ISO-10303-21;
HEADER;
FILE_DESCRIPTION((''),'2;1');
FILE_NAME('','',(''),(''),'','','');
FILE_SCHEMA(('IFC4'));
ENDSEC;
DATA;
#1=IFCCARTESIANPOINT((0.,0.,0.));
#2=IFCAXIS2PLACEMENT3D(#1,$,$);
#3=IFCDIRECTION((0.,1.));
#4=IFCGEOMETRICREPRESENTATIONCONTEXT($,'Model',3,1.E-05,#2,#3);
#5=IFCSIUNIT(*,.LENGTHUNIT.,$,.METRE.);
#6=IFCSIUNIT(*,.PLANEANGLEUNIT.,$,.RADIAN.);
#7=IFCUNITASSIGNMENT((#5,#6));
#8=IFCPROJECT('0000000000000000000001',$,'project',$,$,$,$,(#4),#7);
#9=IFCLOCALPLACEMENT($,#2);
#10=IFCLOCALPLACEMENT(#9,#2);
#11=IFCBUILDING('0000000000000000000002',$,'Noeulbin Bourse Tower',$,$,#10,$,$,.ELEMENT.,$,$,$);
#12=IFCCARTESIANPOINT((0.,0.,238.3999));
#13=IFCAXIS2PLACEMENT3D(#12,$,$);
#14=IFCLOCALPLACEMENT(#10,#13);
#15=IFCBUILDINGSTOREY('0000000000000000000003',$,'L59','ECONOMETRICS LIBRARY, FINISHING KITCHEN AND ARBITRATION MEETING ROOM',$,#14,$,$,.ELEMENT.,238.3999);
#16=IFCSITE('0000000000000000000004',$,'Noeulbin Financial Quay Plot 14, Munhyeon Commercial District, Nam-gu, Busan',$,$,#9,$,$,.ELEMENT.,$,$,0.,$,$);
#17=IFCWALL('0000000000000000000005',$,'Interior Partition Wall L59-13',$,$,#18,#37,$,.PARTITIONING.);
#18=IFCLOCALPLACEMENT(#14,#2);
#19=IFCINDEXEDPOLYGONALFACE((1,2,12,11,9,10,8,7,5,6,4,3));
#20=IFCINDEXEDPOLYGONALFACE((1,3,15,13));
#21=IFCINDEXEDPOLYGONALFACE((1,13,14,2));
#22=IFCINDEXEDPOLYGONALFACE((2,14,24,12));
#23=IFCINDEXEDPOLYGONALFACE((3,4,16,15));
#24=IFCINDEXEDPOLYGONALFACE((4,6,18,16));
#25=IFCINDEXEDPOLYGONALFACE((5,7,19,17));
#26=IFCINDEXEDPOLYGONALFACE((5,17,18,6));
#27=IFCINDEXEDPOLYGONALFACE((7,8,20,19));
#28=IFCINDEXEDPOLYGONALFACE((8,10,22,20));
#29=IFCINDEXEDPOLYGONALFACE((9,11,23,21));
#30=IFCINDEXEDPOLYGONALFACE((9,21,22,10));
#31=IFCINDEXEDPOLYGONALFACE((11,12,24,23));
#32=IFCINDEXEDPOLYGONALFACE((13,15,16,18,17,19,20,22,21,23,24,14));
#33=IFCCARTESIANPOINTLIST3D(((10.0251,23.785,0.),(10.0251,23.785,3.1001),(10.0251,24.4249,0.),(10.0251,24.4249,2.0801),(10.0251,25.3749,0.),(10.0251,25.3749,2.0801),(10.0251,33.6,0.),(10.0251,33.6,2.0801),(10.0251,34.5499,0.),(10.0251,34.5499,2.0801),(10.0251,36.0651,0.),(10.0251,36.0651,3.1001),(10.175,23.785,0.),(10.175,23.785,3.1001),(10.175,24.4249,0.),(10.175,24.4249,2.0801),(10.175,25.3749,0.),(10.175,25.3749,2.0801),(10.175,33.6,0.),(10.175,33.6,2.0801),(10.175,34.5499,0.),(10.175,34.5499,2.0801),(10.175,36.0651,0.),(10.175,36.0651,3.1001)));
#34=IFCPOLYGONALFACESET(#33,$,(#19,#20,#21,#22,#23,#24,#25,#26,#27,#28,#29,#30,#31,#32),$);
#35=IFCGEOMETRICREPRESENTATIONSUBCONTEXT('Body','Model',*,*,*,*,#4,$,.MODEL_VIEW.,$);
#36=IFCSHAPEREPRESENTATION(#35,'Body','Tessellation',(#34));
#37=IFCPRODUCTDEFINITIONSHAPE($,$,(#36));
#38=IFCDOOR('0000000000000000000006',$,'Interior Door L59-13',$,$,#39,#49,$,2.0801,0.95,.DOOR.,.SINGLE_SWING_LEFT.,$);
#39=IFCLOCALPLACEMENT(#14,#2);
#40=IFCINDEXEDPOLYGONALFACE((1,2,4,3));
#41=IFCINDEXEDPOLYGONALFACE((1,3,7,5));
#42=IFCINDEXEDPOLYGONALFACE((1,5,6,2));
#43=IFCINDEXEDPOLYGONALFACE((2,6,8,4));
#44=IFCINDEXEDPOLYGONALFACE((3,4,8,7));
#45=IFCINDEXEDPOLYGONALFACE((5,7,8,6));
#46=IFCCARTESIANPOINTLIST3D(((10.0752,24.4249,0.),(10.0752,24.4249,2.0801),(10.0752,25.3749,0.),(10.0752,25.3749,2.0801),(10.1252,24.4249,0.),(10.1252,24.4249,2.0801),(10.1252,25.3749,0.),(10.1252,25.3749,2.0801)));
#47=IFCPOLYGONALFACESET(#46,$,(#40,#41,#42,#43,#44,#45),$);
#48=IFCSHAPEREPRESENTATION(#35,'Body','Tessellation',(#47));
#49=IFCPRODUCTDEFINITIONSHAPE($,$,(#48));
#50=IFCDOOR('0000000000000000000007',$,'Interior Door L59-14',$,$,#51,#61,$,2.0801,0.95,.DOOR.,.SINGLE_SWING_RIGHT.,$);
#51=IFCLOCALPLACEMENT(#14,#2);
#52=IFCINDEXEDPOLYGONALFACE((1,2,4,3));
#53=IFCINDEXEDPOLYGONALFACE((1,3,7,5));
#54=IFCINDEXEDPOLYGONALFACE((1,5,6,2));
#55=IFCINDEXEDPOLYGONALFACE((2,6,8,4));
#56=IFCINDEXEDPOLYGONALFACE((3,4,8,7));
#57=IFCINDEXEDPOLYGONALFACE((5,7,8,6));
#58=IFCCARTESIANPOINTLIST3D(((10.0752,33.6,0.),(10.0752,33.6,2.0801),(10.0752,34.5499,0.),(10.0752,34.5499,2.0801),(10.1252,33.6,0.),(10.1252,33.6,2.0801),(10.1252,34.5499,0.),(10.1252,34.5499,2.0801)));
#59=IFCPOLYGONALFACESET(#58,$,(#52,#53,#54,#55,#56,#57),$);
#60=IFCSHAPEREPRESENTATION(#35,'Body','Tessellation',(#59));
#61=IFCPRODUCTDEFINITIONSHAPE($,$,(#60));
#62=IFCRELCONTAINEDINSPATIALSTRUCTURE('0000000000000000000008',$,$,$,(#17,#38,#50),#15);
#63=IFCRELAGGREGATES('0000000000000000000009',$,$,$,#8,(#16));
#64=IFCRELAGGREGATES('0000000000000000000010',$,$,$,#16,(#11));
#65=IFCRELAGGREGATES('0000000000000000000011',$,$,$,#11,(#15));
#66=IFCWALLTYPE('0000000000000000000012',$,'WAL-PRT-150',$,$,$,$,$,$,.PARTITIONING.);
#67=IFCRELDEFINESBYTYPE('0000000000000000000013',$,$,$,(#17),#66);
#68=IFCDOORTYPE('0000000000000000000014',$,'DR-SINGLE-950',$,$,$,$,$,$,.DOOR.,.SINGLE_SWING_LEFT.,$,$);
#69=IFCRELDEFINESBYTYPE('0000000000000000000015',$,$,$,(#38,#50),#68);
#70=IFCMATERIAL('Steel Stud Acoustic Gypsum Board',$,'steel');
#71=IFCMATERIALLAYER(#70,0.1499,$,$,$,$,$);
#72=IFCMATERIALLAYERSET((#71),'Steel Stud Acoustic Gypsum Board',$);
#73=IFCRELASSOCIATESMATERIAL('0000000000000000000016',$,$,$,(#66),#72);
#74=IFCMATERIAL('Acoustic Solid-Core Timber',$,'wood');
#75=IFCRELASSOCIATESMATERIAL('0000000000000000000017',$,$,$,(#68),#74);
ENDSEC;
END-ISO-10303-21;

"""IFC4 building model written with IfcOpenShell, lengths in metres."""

from ifc_helpers import new_model, si_unit, direction, frame, frame_2d, origin, place, context, subcontext, project, spatial, rectangle, extrude, material, layer, layer_set, type_object, element, fill, save


model = new_model("IFC4")

# Units and contexts
model_context = context("Model", 3, precision=1e-05, world=origin(), true_north=direction((0.0, 1.0)))
body_context = subcontext(model_context, "Body", "Model", "MODEL_VIEW")
ifc_project = project(units=[si_unit("LENGTHUNIT", "METRE"), si_unit("PLANEANGLEUNIT", "RADIAN")], contexts=[model_context])

# Site, building, storey
site_placement = place(None, origin())
site = spatial("IfcSite", under=ifc_project, at=site_placement, Name="Noeulbin Financial Quay Plot 14, Munhyeon Commercial District, Nam-gu, Busan", CompositionType="ELEMENT", RefElevation=0.0)
building_placement = place(site_placement, origin())
building = spatial("IfcBuilding", under=site, at=building_placement, Name="Noeulbin Bourse Tower", CompositionType="ELEMENT")
storey_placement = place(building_placement, frame((0.0, 0.0, 238.3999)))
storey = spatial("IfcBuildingStorey", under=building, at=storey_placement, Name="L59", Description="ECONOMETRICS LIBRARY, FINISHING KITCHEN AND ARBITRATION MEETING ROOM", CompositionType="ELEMENT", Elevation=238.3999)

# Wall, openings, doors
ifc_material_1 = material(Name="Steel Stud Acoustic Gypsum Board", Category="steel")
ifc_layer_1 = layer(ifc_material_1, 0.1499)
ifc_layer_set_1 = layer_set([ifc_layer_1], Name="Steel Stud Acoustic Gypsum Board")
wall_type_1 = type_object("IfcWallType", Name="WAL-PRT-150", PredefinedType="PARTITIONING", material=ifc_layer_set_1)
wall_1_placement = place(storey_placement, frame((10.1001, 23.7849, 0.0), z_axis=(0.0, 0.0, 1.0), x_axis=(0.0, 1.0, 0.0)))
wall_1 = element("IfcWall", 1, at=wall_1_placement, inside=storey, type_object=wall_type_1, Name="Interior Partition Wall L59-13", PredefinedType="PARTITIONING", context=body_context, shape_type="SweptSolid", body=[
    extrude(rectangle(XDim=12.28, YDim=0.1499, at=frame_2d((6.1401, 0.0))), origin(), (0.0, 0.0, 1.0), 3.1001),
])
opening_1_placement = place(wall_1_placement, frame((0.6399, 0.0, 0.0)))
opening_1 = element("IfcOpeningElement", 2, at=opening_1_placement, cuts=wall_1, PredefinedType="OPENING", context=body_context, shape_type="SweptSolid", body=[
    extrude(rectangle(XDim=0.95, YDim=2.0801, at=frame_2d((0.4751, 1.04))), frame((0.0, 0.085, 0.0), z_axis=(0.0, -1.0, 0.0), x_axis=(1.0, 0.0, 0.0)), (0.0, 0.0, 1.0), 0.1699),
])
opening_2_placement = place(wall_1_placement, frame((9.8149, 0.0, 0.0)))
opening_2 = element("IfcOpeningElement", 3, at=opening_2_placement, cuts=wall_1, PredefinedType="OPENING", context=body_context, shape_type="SweptSolid", body=[
    extrude(rectangle(XDim=0.95, YDim=2.0801, at=frame_2d((0.4751, 1.04))), frame((0.0, 0.085, 0.0), z_axis=(0.0, -1.0, 0.0), x_axis=(1.0, 0.0, 0.0)), (0.0, 0.0, 1.0), 0.1699),
])
ifc_material_2 = material(Name="Acoustic Solid-Core Timber", Category="wood")
door_type_1 = type_object("IfcDoorType", Name="DR-SINGLE-950", OperationType="SINGLE_SWING_LEFT", PredefinedType="DOOR", material=ifc_material_2)
door_1_placement = place(opening_1_placement, origin())
door_1 = element("IfcDoor", 4, at=door_1_placement, inside=storey, type_object=door_type_1, Name="Interior Door L59-13", OperationType="SINGLE_SWING_LEFT", OverallHeight=2.0801, OverallWidth=0.95, PredefinedType="DOOR", context=body_context, shape_type="SweptSolid", body=[
    extrude(rectangle(XDim=0.95, YDim=2.0801, at=frame_2d((0.4751, 1.04))), frame((0.0, 0.0249, 0.0), z_axis=(0.0, -1.0, 0.0), x_axis=(1.0, 0.0, 0.0)), (0.0, 0.0, 1.0), 0.05),
])
fill(opening_1, door_1)
door_2_placement = place(opening_2_placement, origin())
door_2 = element("IfcDoor", 5, at=door_2_placement, inside=storey, type_object=door_type_1, Name="Interior Door L59-14", OperationType="SINGLE_SWING_RIGHT", OverallHeight=2.0801, OverallWidth=0.95, PredefinedType="DOOR", context=body_context, shape_type="SweptSolid", body=[
    extrude(rectangle(XDim=0.95, YDim=2.0801, at=frame_2d((0.4751, 1.04))), frame((0.0, 0.0249, 0.0), z_axis=(0.0, -1.0, 0.0), x_axis=(1.0, 0.0, 0.0)), (0.0, 0.0, 1.0), 0.05),
])
fill(opening_2, door_2)

save(model, "model.ifc")
